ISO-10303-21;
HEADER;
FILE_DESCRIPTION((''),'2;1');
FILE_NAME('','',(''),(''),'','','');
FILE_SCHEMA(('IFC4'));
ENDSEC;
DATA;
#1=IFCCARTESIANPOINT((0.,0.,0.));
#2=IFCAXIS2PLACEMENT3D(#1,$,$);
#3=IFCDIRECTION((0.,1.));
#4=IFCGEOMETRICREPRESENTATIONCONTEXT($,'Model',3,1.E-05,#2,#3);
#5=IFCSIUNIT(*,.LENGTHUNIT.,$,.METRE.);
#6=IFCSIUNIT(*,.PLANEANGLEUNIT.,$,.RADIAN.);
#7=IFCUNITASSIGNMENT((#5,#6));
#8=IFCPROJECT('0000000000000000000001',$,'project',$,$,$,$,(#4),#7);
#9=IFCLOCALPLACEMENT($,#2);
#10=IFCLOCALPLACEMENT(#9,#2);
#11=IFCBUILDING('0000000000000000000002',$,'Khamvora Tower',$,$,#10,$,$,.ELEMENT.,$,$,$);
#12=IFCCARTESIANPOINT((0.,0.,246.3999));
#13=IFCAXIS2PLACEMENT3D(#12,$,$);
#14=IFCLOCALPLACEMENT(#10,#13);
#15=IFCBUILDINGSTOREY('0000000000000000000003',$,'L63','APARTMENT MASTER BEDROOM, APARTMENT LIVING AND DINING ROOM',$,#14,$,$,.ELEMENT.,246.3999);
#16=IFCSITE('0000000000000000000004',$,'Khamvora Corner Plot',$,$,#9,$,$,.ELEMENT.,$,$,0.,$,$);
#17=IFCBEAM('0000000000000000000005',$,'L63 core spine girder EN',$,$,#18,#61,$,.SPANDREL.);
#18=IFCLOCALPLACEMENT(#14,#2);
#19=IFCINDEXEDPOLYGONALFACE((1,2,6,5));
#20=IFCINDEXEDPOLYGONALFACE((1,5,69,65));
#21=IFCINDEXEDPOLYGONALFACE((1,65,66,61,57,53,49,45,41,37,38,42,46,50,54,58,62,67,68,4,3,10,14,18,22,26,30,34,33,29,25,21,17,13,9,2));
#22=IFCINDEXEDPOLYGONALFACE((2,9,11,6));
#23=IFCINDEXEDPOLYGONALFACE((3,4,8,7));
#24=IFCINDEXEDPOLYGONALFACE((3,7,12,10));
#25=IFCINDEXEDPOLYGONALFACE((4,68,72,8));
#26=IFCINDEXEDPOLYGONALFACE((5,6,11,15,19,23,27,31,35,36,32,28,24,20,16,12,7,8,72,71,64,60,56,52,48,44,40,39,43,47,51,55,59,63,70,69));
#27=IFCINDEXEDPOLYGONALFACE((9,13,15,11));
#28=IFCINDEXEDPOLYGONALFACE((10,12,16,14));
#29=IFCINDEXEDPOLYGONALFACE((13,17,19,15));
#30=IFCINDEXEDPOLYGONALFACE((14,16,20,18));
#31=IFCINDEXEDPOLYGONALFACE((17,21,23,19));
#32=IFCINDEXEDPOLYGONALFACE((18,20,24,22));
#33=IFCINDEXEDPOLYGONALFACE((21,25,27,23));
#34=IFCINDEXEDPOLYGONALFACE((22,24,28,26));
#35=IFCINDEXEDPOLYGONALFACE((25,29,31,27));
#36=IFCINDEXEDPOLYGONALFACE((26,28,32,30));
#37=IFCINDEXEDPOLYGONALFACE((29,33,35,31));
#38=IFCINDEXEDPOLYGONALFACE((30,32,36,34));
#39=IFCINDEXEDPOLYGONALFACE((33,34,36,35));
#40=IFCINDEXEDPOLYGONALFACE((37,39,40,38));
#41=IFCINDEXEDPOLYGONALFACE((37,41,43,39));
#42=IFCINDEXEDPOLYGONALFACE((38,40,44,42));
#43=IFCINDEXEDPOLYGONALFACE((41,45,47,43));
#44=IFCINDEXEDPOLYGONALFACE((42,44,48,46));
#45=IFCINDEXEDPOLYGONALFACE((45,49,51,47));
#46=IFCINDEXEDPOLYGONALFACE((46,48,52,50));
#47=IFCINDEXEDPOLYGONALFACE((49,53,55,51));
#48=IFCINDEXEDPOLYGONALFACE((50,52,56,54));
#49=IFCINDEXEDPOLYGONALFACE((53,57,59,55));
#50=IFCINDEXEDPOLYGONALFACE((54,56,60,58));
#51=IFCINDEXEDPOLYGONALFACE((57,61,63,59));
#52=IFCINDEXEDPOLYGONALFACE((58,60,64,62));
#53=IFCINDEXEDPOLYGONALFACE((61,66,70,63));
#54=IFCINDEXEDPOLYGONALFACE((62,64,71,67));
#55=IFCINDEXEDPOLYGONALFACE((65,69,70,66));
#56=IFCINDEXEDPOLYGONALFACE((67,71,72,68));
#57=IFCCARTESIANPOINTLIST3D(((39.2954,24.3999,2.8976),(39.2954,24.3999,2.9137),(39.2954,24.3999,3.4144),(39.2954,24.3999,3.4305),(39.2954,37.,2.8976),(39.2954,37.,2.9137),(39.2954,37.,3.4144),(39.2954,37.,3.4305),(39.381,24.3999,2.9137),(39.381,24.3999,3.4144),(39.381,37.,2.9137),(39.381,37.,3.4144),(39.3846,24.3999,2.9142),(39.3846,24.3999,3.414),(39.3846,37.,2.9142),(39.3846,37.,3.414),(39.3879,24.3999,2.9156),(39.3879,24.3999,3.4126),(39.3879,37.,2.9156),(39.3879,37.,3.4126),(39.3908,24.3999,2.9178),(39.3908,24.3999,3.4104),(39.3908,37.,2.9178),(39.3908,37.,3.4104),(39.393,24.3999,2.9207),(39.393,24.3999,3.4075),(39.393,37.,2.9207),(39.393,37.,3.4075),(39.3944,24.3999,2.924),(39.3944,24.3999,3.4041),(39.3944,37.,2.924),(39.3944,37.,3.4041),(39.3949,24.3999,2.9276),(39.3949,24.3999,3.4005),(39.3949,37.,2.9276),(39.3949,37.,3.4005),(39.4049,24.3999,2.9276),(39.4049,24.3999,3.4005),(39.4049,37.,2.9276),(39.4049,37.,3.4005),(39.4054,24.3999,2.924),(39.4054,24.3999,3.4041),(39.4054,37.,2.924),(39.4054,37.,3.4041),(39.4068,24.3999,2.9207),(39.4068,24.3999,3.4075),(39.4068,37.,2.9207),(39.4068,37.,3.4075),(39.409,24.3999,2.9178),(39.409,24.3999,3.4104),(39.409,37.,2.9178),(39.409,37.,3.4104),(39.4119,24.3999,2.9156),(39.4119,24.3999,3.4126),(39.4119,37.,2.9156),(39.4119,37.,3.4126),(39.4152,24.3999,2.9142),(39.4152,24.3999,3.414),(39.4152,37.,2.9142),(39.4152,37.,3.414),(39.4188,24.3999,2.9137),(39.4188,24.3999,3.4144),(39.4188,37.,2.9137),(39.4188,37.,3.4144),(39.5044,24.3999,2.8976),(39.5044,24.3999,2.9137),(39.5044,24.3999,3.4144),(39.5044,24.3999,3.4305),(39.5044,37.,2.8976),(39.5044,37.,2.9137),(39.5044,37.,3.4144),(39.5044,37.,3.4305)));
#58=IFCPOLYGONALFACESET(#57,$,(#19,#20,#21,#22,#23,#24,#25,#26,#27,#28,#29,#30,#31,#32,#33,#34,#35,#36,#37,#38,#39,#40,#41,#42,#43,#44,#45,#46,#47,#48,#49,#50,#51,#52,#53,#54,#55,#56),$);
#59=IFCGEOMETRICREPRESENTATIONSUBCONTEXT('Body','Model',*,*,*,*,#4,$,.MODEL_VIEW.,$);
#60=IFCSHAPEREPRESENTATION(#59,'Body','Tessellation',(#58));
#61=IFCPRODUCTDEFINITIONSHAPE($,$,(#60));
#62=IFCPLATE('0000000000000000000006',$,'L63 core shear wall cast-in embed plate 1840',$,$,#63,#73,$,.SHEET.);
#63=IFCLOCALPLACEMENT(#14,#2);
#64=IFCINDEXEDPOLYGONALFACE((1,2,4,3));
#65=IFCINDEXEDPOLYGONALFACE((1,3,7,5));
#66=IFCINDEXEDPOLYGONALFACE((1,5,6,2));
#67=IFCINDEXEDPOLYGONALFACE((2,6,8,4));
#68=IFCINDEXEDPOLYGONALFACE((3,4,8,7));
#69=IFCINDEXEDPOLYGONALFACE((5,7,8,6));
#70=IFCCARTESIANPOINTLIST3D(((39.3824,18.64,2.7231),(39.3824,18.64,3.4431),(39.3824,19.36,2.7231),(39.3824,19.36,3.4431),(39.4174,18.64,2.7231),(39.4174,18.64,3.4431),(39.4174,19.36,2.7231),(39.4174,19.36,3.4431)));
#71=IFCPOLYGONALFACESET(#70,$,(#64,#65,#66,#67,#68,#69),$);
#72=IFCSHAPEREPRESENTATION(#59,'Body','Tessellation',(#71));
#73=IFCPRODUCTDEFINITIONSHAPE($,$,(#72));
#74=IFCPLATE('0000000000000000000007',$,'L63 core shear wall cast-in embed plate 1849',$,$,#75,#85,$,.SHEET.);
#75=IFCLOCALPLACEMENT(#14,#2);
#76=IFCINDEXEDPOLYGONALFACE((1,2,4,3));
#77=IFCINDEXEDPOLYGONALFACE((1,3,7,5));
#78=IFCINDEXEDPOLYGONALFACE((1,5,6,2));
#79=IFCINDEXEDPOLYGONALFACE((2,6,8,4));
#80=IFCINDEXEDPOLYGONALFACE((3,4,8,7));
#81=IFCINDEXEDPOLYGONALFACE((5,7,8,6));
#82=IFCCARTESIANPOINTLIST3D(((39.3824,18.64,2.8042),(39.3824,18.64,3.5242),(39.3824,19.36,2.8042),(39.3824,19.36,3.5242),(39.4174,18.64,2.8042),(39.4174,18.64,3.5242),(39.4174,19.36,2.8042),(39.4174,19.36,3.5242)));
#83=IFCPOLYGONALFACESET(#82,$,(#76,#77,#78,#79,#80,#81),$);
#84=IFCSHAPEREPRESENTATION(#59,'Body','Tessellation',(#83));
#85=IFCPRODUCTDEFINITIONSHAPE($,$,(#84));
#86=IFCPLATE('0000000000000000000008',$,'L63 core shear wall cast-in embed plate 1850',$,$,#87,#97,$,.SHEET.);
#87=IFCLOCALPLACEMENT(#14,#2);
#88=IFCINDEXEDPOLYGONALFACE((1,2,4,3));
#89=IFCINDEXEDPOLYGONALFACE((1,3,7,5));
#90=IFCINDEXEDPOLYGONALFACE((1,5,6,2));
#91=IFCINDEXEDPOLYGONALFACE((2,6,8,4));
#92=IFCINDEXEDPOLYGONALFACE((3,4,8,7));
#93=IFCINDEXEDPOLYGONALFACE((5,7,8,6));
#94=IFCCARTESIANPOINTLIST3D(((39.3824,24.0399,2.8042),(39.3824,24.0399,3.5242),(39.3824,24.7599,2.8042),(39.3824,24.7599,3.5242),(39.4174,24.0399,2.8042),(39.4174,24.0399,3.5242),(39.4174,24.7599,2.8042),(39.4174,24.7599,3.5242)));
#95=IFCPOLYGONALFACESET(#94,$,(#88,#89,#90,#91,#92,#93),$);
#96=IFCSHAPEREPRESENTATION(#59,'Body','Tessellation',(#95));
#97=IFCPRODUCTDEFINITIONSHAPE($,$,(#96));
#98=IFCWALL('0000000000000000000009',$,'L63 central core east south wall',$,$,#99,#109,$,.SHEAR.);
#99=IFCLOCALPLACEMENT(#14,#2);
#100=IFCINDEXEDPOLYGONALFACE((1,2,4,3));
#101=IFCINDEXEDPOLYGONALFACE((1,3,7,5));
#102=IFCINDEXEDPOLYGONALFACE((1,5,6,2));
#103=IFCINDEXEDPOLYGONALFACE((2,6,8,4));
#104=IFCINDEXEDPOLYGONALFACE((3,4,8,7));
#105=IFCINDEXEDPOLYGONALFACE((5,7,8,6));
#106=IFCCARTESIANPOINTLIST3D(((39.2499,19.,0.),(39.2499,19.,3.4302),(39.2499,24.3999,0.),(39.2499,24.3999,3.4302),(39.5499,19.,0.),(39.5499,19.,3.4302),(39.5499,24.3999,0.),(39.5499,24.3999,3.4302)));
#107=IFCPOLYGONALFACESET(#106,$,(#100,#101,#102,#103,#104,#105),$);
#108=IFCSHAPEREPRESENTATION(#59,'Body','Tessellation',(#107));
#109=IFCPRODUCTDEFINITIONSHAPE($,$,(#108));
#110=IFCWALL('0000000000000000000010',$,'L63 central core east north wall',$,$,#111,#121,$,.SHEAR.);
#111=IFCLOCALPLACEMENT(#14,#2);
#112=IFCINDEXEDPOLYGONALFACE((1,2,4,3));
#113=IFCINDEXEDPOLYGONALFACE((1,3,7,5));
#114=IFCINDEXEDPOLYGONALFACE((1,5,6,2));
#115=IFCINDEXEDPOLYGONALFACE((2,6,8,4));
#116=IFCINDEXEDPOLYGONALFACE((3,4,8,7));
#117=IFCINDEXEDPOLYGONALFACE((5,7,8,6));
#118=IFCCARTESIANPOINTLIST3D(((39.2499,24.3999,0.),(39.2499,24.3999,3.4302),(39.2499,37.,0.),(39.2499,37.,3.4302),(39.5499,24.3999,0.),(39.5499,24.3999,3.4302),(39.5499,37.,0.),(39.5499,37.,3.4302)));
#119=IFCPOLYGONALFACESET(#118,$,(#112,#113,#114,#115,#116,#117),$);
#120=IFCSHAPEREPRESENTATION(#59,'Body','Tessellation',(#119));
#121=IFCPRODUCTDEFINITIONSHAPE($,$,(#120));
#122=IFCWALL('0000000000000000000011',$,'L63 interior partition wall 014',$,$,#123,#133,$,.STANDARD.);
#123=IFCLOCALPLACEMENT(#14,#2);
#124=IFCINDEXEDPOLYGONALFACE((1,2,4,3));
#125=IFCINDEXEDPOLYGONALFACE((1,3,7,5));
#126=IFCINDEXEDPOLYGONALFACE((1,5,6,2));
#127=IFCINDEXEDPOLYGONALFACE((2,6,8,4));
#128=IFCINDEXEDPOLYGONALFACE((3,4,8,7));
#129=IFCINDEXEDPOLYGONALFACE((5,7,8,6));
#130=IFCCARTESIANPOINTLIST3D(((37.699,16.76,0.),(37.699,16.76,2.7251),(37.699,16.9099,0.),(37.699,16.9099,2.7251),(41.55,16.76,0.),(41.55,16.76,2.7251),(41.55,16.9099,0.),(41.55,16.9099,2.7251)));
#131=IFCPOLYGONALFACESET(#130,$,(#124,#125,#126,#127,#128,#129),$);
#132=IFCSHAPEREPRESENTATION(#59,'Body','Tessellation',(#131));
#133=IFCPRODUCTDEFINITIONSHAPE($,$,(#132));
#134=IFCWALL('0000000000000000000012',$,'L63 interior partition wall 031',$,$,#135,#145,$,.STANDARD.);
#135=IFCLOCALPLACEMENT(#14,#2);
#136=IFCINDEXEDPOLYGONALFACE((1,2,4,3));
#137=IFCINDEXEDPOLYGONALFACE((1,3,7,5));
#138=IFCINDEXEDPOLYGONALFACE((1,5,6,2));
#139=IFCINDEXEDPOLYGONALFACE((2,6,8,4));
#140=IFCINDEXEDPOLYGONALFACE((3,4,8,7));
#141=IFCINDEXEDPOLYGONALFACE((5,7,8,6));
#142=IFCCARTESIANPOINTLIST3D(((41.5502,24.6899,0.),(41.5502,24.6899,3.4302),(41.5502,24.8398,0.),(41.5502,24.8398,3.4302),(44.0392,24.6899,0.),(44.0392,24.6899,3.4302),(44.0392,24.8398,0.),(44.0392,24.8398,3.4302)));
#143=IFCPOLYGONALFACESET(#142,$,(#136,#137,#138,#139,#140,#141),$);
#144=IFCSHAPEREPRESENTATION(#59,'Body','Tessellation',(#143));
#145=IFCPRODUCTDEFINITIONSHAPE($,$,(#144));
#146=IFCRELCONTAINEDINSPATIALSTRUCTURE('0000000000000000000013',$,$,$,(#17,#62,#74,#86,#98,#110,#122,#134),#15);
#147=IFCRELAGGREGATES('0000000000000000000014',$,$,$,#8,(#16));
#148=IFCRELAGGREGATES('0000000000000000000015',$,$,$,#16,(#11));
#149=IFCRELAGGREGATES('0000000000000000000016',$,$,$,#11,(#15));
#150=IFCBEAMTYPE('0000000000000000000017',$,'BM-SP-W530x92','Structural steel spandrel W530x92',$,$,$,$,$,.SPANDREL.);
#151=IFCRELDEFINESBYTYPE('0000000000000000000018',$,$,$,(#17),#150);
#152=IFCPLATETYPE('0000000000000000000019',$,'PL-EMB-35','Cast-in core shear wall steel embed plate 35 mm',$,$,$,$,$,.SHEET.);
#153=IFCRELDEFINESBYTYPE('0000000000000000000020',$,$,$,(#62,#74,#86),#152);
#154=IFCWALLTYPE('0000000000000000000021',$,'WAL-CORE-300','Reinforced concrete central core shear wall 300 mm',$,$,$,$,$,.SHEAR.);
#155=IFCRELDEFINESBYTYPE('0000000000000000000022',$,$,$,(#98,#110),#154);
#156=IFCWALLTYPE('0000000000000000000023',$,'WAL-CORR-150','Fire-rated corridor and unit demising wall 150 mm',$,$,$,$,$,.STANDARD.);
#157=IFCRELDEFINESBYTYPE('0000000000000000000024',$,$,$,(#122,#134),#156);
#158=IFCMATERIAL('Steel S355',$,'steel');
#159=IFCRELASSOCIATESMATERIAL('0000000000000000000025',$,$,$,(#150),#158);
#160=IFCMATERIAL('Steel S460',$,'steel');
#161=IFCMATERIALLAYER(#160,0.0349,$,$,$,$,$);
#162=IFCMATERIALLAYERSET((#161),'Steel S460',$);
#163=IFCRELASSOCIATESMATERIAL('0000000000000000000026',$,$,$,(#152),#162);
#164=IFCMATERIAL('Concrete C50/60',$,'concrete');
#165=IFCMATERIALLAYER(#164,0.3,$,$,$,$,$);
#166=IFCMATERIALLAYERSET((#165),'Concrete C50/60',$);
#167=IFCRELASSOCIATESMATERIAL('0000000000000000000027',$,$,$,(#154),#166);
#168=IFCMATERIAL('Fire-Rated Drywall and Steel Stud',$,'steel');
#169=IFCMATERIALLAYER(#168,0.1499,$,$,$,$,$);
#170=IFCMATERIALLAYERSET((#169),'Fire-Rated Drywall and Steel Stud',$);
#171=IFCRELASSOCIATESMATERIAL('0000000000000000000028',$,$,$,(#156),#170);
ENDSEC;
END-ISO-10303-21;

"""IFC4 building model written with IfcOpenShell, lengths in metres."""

from ifc_helpers import new_model, si_unit, direction, frame, frame_2d, origin, origin_2d, place, context, subcontext, project, spatial, rectangle, i_section, extrude, material, layer, layer_set, material_profile, profile_set, type_object, element, save


model = new_model("IFC4")

# Units and contexts
model_context = context("Model", 3, precision=1e-05, world=origin(), true_north=direction((0.0, 1.0)))
body_context = subcontext(model_context, "Body", "Model", "MODEL_VIEW")
ifc_project = project(units=[si_unit("LENGTHUNIT", "METRE"), si_unit("PLANEANGLEUNIT", "RADIAN")], contexts=[model_context])

# Site, building, storey
site_placement = place(None, origin())
site = spatial("IfcSite", under=ifc_project, at=site_placement, Name="Khamvora Corner Plot", CompositionType="ELEMENT", RefElevation=0.0)
building_placement = place(site_placement, origin())
building = spatial("IfcBuilding", under=site, at=building_placement, Name="Khamvora Tower", CompositionType="ELEMENT")
storey_placement = place(building_placement, frame((0.0, 0.0, 246.3999)))
storey = spatial("IfcBuildingStorey", under=building, at=storey_placement, Name="L63", Description="APARTMENT MASTER BEDROOM, APARTMENT LIVING AND DINING ROOM", CompositionType="ELEMENT", Elevation=246.3999)

# Shared definitions
ifc_material_1 = material(Name="Steel S355", Category="steel")

# Beam
ifc_material_profile_1 = material_profile(ifc_material_1, i_section(OverallWidth=0.209, OverallDepth=0.533, WebThickness=0.01, FlangeThickness=0.0161, FilletRadius=0.0139, at=origin_2d()), Name="W530x92")
ifc_profile_set_1 = profile_set([ifc_material_profile_1], Name="Steel S355")
beam_type_1 = type_object("IfcBeamType", Name="BM-SP-W530x92", Description="Structural steel spandrel W530x92", PredefinedType="SPANDREL", material=ifc_profile_set_1)
beam_1_placement = place(storey_placement, frame((39.3999, 24.3999, 3.1641), z_axis=(0.0, 1.0, 0.0), x_axis=(-1.0, 0.0, 0.0)))
element("IfcBeam", 1, at=beam_1_placement, inside=storey, type_object=beam_type_1, Name="L63 core spine girder EN", PredefinedType="SPANDREL", context=body_context, shape_type="SweptSolid", body=[
    extrude(i_section(OverallWidth=0.209, OverallDepth=0.533, WebThickness=0.01, FlangeThickness=0.0161, FilletRadius=0.0139, at=origin_2d()), origin(), (0.0, 0.0, 1.0), 12.6001),
])

# Plates
ifc_material_2 = material(Name="Steel S460", Category="steel")
ifc_layer_1 = layer(ifc_material_2, 0.0349)
ifc_layer_set_1 = layer_set([ifc_layer_1], Name="Steel S460")
plate_type = type_object("IfcPlateType", Name="PL-EMB-35", Description="Cast-in core shear wall steel embed plate 35 mm", PredefinedType="SHEET", material=ifc_layer_set_1)
for number, where, z_axis, x_axis, name in (
    (2, (39.3999, 19.0, 2.7231), (0.0, 0.0, 1.0), (1.0, 0.0, 0.0), "L63 core shear wall cast-in embed plate 1840"),
    (3, (39.3999, 19.0, 2.8042), (0.0, 0.0, 1.0), (1.0, 0.0, 0.0), "L63 core shear wall cast-in embed plate 1849"),
    (4, (39.3999, 24.3999, 2.8042), (0.0, 0.0, 1.0), (1.0, 0.0, 0.0), "L63 core shear wall cast-in embed plate 1850"),
):
    element("IfcPlate", number, at=place(storey_placement, frame(where, z_axis=z_axis, x_axis=x_axis)), inside=storey, type_object=plate_type, Name=name, PredefinedType="SHEET", context=body_context, shape_type="SweptSolid", body=[
        extrude(rectangle(XDim=0.0349, YDim=0.72, at=origin_2d()), origin(), (0.0, 0.0, 1.0), 0.72),
    ])

# Walls
ifc_material_3 = material(Name="Concrete C50/60", Category="concrete")
ifc_layer_2 = layer(ifc_material_3, 0.3)
ifc_layer_set_2 = layer_set([ifc_layer_2], Name="Concrete C50/60")
wall_type_1 = type_object("IfcWallType", Name="WAL-CORE-300", Description="Reinforced concrete central core shear wall 300 mm", PredefinedType="SHEAR", material=ifc_layer_set_2)
wall_1_placement = place(storey_placement, frame((39.3999, 19.0, 0.0), z_axis=(0.0, 0.0, 1.0), x_axis=(0.0, 1.0, 0.0)))
element("IfcWall", 5, at=wall_1_placement, inside=storey, type_object=wall_type_1, Name="L63 central core east south wall", PredefinedType="SHEAR", context=body_context, shape_type="SweptSolid", body=[
    extrude(rectangle(XDim=5.3999, YDim=0.3, at=frame_2d((2.7, 0.0))), origin(), (0.0, 0.0, 1.0), 3.4302),
])
wall_2_placement = place(storey_placement, frame((39.3999, 24.3999, 0.0), z_axis=(0.0, 0.0, 1.0), x_axis=(0.0, 1.0, 0.0)))
element("IfcWall", 6, at=wall_2_placement, inside=storey, type_object=wall_type_1, Name="L63 central core east north wall", PredefinedType="SHEAR", context=body_context, shape_type="SweptSolid", body=[
    extrude(rectangle(XDim=12.6001, YDim=0.3, at=frame_2d((6.3, 0.0))), origin(), (0.0, 0.0, 1.0), 3.4302),
])
ifc_material_4 = material(Name="Fire-Rated Drywall and Steel Stud", Category="steel")
ifc_layer_3 = layer(ifc_material_4, 0.1499)
ifc_layer_set_3 = layer_set([ifc_layer_3], Name="Fire-Rated Drywall and Steel Stud")
wall_type_2 = type_object("IfcWallType", Name="WAL-CORR-150", Description="Fire-rated corridor and unit demising wall 150 mm", PredefinedType="STANDARD", material=ifc_layer_set_3)
wall_3_placement = place(storey_placement, frame((41.55, 16.835, 0.0), z_axis=(0.0, 0.0, 1.0), x_axis=(-1.0, 0.0, 0.0)))
element("IfcWall", 7, at=wall_3_placement, inside=storey, type_object=wall_type_2, Name="L63 interior partition wall 014", PredefinedType="STANDARD", context=body_context, shape_type="SweptSolid", body=[
    extrude(rectangle(XDim=3.8511, YDim=0.1499, at=frame_2d((1.9255, 0.0))), origin(), (0.0, 0.0, 1.0), 2.7251),
])
wall_4_placement = place(storey_placement, frame((41.55, 24.7649, 0.0), z_axis=(0.0, 0.0, 1.0), x_axis=(1.0, 0.0, 0.0)))
element("IfcWall", 8, at=wall_4_placement, inside=storey, type_object=wall_type_2, Name="L63 interior partition wall 031", PredefinedType="STANDARD", context=body_context, shape_type="SweptSolid", body=[
    extrude(rectangle(XDim=2.489, YDim=0.1499, at=frame_2d((1.2446, 0.0))), origin(), (0.0, 0.0, 1.0), 3.4302),
])

save(model, "model.ifc")
